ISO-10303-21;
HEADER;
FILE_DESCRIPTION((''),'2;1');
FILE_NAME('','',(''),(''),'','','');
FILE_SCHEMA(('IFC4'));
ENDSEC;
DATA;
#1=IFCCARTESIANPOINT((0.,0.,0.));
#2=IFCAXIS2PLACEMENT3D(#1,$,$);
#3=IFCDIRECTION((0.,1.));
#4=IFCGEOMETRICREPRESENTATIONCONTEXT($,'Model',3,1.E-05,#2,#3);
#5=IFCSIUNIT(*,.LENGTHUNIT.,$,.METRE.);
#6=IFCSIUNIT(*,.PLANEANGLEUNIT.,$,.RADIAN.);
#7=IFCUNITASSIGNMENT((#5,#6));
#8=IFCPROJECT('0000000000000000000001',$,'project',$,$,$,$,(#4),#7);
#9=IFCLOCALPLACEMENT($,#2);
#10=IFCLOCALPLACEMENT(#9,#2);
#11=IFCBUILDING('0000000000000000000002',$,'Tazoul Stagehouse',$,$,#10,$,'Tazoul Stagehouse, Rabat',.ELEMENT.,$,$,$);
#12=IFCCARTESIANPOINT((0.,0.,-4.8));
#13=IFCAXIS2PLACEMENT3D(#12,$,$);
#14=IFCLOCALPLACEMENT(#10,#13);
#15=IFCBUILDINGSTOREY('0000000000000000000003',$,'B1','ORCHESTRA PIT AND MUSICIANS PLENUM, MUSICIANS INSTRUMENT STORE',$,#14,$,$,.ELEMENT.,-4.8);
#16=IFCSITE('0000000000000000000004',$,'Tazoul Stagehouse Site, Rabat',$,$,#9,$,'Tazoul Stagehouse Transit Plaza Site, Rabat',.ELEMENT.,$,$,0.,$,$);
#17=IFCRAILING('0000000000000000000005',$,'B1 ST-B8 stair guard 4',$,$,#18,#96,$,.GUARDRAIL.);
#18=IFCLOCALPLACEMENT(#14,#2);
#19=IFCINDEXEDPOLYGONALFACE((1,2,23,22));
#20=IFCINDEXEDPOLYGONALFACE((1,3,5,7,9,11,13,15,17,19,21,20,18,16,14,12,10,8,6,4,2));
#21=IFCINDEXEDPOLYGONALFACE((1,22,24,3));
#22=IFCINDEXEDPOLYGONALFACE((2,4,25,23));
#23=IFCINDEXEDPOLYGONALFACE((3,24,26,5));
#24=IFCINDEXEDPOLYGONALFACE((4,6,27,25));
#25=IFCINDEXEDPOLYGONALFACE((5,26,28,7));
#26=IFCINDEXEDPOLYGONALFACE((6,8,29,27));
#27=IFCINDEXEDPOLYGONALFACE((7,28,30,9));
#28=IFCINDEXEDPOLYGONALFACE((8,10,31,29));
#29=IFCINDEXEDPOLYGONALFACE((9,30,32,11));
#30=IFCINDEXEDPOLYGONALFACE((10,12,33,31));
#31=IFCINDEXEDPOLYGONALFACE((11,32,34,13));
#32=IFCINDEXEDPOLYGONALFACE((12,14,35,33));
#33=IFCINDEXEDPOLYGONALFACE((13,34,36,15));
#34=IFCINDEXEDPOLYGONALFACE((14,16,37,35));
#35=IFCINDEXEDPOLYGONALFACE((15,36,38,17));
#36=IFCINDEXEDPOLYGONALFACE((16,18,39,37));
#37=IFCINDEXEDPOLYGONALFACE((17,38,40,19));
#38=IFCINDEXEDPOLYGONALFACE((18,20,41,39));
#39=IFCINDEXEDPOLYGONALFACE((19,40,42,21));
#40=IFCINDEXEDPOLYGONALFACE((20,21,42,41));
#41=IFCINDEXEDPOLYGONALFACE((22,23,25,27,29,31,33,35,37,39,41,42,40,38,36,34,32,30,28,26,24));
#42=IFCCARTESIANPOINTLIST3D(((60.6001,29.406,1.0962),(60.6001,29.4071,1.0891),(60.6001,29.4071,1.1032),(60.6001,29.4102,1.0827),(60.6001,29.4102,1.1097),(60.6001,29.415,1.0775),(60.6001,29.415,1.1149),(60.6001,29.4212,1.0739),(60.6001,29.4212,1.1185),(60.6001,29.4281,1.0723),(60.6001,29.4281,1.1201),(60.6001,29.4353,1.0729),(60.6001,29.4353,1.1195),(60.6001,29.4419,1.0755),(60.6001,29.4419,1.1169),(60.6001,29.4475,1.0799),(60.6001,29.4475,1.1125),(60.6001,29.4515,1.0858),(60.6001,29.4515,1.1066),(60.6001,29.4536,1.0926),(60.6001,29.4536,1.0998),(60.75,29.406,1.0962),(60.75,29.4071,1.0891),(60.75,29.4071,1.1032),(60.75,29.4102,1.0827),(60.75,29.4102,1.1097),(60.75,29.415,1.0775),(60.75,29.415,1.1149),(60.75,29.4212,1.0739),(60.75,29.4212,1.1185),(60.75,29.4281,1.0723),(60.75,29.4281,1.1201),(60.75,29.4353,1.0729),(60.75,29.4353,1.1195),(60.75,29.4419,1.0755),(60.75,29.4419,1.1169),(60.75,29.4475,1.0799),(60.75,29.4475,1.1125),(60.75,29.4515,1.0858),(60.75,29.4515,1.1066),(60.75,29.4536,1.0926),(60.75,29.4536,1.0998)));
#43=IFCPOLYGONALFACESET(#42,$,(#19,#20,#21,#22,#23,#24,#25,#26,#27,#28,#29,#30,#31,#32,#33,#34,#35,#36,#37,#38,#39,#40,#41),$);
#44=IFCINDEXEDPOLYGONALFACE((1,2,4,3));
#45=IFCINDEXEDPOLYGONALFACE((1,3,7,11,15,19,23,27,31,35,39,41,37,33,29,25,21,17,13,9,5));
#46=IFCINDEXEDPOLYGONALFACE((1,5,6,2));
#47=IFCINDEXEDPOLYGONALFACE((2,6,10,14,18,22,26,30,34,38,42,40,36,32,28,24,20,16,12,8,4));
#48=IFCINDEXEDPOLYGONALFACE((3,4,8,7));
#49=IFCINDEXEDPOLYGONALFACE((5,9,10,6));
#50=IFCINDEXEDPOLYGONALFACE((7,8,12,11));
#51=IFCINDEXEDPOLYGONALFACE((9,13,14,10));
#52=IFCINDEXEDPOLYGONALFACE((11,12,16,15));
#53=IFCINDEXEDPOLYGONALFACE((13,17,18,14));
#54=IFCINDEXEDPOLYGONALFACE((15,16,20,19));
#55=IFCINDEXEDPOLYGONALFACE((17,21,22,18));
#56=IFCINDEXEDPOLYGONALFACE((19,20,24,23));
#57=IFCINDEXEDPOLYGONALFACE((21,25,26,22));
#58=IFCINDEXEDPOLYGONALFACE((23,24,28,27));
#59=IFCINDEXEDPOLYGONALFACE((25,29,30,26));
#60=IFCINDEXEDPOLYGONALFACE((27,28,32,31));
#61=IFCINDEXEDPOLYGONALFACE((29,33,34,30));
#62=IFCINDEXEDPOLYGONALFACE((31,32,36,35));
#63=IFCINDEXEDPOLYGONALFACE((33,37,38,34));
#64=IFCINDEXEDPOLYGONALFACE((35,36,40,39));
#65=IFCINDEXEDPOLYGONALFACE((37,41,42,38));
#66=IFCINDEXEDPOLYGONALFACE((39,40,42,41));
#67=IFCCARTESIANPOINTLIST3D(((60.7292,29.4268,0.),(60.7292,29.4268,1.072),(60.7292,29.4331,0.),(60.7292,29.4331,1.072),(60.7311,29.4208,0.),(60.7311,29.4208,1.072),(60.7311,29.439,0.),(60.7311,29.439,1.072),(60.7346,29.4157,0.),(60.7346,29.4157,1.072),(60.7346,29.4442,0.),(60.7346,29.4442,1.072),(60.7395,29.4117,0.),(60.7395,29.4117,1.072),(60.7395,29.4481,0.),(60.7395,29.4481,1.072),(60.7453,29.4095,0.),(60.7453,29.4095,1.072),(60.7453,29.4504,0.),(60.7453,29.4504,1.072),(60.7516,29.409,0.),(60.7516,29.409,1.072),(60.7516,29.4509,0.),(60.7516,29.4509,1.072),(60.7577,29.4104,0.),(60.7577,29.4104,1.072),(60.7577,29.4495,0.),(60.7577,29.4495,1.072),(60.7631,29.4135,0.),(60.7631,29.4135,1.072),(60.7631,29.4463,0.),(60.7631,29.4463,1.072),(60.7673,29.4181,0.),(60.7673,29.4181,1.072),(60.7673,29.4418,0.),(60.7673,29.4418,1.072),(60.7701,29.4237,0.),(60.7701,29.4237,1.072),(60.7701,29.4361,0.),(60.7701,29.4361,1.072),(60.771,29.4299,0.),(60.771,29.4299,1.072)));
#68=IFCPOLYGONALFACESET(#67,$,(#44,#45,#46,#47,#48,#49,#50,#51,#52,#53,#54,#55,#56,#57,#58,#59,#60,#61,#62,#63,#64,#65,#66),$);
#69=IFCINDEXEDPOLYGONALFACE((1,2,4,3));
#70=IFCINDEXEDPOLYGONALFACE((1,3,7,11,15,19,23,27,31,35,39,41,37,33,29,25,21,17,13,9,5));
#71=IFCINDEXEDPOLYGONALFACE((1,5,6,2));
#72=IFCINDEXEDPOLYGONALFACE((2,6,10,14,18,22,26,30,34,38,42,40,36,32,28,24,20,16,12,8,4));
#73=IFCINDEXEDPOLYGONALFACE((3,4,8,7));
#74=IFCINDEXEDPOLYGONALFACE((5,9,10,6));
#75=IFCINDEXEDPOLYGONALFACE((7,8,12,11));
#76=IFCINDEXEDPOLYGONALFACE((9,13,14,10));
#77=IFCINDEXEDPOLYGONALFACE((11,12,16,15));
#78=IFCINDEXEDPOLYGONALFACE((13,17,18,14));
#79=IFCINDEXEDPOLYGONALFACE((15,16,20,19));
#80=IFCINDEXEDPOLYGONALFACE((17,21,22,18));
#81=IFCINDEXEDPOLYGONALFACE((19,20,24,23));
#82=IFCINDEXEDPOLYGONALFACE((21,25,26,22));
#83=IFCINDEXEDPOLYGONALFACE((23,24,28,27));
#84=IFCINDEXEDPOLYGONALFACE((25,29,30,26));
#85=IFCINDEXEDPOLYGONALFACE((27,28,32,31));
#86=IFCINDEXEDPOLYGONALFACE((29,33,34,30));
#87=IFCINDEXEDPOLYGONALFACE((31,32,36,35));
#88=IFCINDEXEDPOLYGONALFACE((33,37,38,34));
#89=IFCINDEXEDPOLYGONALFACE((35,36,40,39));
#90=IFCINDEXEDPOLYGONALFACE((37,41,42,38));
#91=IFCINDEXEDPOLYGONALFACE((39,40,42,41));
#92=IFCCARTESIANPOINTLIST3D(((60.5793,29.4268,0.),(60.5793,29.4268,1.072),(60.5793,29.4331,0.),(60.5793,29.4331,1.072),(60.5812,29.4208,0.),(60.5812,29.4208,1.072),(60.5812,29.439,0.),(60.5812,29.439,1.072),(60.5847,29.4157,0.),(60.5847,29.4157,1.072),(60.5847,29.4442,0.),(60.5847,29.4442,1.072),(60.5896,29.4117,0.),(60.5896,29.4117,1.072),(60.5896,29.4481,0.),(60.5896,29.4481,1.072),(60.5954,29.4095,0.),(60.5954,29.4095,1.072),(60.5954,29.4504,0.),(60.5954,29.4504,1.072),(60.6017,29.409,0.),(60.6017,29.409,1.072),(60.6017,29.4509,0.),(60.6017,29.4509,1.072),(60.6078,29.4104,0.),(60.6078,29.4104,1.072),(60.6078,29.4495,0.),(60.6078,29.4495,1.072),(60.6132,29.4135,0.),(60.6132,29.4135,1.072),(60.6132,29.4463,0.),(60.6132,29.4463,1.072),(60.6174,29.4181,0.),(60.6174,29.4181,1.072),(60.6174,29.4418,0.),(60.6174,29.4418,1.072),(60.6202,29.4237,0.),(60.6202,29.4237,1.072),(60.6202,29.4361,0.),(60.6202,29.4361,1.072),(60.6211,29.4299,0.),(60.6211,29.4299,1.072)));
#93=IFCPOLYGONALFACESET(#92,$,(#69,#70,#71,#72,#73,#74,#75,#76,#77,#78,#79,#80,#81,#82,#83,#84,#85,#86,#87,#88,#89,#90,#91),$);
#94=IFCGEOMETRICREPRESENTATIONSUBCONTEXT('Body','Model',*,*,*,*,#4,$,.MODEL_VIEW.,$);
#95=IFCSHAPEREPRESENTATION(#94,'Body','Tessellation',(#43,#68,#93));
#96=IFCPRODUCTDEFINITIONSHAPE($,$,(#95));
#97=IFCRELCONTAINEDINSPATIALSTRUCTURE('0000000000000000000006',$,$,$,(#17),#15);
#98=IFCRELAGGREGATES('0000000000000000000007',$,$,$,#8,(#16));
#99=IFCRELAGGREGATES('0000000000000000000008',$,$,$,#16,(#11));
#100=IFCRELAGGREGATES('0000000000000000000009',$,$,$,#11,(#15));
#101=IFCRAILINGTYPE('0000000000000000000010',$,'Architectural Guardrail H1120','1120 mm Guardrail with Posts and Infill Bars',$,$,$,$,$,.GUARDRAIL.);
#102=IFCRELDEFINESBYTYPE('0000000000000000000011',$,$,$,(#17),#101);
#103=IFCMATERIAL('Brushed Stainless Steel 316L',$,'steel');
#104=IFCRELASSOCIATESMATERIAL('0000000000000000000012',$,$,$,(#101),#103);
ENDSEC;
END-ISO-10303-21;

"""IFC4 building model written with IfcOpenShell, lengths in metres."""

from ifc_helpers import new_model, si_unit, direction, frame, origin, origin_2d, place, context, subcontext, project, spatial, circle, extrude, material, material_profile, profile_set, type_object, element, save


model = new_model("IFC4")

# Units and contexts
model_context = context("Model", 3, precision=1e-05, world=origin(), true_north=direction((0.0, 1.0)))
body_context = subcontext(model_context, "Body", "Model", "MODEL_VIEW")
ifc_project = project(units=[si_unit("LENGTHUNIT", "METRE"), si_unit("PLANEANGLEUNIT", "RADIAN")], contexts=[model_context])

# Site, building, storey
site_placement = place(None, origin())
site = spatial("IfcSite", under=ifc_project, at=site_placement, Name="Tazoul Stagehouse Site, Rabat", LongName="Tazoul Stagehouse Transit Plaza Site, Rabat", CompositionType="ELEMENT", RefElevation=0.0)
building_placement = place(site_placement, origin())
building = spatial("IfcBuilding", under=site, at=building_placement, Name="Tazoul Stagehouse", LongName="Tazoul Stagehouse, Rabat", CompositionType="ELEMENT")
storey_placement = place(building_placement, frame((0.0, 0.0, -4.8)))
storey = spatial("IfcBuildingStorey", under=building, at=storey_placement, Name="B1", Description="ORCHESTRA PIT AND MUSICIANS PLENUM, MUSICIANS INSTRUMENT STORE", CompositionType="ELEMENT", Elevation=-4.8)

# Railing
ifc_material_1 = material(Name="Brushed Stainless Steel 316L", Category="steel")
ifc_material_profile_1 = material_profile(ifc_material_1, circle(Radius=0.0239, at=origin_2d()), Name="SS RAIL D48")
ifc_profile_set_1 = profile_set([ifc_material_profile_1], Name="Brushed Stainless Steel 316L")
railing_type_1 = type_object("IfcRailingType", Name="Architectural Guardrail H1120", Description="1120 mm Guardrail with Posts and Infill Bars", PredefinedType="GUARDRAIL", material=ifc_profile_set_1)
railing_1_placement = place(storey_placement, frame((60.75, 29.4299, 0.0)))
element("IfcRailing", 1, at=railing_1_placement, inside=storey, type_object=railing_type_1, Name="B1 ST-B8 stair guard 4", PredefinedType="GUARDRAIL", context=body_context, shape_type="SweptSolid", body=[
    extrude(circle(Radius=0.0239, at=origin_2d()), frame((0.0, 0.0, 1.0962), z_axis=(-1.0, 0.0, 0.0), x_axis=(0.0, -1.0, 0.0)), (0.0, 0.0, 1.0), 0.1499),
    extrude(circle(Radius=0.021, at=origin_2d()), origin(), (0.0, 0.0, 1.0), 1.072),
    extrude(circle(Radius=0.021, at=origin_2d()), frame((-0.1499, 0.0, 0.0)), (0.0, 0.0, 1.0), 1.072),
])

save(model, "model.ifc")
